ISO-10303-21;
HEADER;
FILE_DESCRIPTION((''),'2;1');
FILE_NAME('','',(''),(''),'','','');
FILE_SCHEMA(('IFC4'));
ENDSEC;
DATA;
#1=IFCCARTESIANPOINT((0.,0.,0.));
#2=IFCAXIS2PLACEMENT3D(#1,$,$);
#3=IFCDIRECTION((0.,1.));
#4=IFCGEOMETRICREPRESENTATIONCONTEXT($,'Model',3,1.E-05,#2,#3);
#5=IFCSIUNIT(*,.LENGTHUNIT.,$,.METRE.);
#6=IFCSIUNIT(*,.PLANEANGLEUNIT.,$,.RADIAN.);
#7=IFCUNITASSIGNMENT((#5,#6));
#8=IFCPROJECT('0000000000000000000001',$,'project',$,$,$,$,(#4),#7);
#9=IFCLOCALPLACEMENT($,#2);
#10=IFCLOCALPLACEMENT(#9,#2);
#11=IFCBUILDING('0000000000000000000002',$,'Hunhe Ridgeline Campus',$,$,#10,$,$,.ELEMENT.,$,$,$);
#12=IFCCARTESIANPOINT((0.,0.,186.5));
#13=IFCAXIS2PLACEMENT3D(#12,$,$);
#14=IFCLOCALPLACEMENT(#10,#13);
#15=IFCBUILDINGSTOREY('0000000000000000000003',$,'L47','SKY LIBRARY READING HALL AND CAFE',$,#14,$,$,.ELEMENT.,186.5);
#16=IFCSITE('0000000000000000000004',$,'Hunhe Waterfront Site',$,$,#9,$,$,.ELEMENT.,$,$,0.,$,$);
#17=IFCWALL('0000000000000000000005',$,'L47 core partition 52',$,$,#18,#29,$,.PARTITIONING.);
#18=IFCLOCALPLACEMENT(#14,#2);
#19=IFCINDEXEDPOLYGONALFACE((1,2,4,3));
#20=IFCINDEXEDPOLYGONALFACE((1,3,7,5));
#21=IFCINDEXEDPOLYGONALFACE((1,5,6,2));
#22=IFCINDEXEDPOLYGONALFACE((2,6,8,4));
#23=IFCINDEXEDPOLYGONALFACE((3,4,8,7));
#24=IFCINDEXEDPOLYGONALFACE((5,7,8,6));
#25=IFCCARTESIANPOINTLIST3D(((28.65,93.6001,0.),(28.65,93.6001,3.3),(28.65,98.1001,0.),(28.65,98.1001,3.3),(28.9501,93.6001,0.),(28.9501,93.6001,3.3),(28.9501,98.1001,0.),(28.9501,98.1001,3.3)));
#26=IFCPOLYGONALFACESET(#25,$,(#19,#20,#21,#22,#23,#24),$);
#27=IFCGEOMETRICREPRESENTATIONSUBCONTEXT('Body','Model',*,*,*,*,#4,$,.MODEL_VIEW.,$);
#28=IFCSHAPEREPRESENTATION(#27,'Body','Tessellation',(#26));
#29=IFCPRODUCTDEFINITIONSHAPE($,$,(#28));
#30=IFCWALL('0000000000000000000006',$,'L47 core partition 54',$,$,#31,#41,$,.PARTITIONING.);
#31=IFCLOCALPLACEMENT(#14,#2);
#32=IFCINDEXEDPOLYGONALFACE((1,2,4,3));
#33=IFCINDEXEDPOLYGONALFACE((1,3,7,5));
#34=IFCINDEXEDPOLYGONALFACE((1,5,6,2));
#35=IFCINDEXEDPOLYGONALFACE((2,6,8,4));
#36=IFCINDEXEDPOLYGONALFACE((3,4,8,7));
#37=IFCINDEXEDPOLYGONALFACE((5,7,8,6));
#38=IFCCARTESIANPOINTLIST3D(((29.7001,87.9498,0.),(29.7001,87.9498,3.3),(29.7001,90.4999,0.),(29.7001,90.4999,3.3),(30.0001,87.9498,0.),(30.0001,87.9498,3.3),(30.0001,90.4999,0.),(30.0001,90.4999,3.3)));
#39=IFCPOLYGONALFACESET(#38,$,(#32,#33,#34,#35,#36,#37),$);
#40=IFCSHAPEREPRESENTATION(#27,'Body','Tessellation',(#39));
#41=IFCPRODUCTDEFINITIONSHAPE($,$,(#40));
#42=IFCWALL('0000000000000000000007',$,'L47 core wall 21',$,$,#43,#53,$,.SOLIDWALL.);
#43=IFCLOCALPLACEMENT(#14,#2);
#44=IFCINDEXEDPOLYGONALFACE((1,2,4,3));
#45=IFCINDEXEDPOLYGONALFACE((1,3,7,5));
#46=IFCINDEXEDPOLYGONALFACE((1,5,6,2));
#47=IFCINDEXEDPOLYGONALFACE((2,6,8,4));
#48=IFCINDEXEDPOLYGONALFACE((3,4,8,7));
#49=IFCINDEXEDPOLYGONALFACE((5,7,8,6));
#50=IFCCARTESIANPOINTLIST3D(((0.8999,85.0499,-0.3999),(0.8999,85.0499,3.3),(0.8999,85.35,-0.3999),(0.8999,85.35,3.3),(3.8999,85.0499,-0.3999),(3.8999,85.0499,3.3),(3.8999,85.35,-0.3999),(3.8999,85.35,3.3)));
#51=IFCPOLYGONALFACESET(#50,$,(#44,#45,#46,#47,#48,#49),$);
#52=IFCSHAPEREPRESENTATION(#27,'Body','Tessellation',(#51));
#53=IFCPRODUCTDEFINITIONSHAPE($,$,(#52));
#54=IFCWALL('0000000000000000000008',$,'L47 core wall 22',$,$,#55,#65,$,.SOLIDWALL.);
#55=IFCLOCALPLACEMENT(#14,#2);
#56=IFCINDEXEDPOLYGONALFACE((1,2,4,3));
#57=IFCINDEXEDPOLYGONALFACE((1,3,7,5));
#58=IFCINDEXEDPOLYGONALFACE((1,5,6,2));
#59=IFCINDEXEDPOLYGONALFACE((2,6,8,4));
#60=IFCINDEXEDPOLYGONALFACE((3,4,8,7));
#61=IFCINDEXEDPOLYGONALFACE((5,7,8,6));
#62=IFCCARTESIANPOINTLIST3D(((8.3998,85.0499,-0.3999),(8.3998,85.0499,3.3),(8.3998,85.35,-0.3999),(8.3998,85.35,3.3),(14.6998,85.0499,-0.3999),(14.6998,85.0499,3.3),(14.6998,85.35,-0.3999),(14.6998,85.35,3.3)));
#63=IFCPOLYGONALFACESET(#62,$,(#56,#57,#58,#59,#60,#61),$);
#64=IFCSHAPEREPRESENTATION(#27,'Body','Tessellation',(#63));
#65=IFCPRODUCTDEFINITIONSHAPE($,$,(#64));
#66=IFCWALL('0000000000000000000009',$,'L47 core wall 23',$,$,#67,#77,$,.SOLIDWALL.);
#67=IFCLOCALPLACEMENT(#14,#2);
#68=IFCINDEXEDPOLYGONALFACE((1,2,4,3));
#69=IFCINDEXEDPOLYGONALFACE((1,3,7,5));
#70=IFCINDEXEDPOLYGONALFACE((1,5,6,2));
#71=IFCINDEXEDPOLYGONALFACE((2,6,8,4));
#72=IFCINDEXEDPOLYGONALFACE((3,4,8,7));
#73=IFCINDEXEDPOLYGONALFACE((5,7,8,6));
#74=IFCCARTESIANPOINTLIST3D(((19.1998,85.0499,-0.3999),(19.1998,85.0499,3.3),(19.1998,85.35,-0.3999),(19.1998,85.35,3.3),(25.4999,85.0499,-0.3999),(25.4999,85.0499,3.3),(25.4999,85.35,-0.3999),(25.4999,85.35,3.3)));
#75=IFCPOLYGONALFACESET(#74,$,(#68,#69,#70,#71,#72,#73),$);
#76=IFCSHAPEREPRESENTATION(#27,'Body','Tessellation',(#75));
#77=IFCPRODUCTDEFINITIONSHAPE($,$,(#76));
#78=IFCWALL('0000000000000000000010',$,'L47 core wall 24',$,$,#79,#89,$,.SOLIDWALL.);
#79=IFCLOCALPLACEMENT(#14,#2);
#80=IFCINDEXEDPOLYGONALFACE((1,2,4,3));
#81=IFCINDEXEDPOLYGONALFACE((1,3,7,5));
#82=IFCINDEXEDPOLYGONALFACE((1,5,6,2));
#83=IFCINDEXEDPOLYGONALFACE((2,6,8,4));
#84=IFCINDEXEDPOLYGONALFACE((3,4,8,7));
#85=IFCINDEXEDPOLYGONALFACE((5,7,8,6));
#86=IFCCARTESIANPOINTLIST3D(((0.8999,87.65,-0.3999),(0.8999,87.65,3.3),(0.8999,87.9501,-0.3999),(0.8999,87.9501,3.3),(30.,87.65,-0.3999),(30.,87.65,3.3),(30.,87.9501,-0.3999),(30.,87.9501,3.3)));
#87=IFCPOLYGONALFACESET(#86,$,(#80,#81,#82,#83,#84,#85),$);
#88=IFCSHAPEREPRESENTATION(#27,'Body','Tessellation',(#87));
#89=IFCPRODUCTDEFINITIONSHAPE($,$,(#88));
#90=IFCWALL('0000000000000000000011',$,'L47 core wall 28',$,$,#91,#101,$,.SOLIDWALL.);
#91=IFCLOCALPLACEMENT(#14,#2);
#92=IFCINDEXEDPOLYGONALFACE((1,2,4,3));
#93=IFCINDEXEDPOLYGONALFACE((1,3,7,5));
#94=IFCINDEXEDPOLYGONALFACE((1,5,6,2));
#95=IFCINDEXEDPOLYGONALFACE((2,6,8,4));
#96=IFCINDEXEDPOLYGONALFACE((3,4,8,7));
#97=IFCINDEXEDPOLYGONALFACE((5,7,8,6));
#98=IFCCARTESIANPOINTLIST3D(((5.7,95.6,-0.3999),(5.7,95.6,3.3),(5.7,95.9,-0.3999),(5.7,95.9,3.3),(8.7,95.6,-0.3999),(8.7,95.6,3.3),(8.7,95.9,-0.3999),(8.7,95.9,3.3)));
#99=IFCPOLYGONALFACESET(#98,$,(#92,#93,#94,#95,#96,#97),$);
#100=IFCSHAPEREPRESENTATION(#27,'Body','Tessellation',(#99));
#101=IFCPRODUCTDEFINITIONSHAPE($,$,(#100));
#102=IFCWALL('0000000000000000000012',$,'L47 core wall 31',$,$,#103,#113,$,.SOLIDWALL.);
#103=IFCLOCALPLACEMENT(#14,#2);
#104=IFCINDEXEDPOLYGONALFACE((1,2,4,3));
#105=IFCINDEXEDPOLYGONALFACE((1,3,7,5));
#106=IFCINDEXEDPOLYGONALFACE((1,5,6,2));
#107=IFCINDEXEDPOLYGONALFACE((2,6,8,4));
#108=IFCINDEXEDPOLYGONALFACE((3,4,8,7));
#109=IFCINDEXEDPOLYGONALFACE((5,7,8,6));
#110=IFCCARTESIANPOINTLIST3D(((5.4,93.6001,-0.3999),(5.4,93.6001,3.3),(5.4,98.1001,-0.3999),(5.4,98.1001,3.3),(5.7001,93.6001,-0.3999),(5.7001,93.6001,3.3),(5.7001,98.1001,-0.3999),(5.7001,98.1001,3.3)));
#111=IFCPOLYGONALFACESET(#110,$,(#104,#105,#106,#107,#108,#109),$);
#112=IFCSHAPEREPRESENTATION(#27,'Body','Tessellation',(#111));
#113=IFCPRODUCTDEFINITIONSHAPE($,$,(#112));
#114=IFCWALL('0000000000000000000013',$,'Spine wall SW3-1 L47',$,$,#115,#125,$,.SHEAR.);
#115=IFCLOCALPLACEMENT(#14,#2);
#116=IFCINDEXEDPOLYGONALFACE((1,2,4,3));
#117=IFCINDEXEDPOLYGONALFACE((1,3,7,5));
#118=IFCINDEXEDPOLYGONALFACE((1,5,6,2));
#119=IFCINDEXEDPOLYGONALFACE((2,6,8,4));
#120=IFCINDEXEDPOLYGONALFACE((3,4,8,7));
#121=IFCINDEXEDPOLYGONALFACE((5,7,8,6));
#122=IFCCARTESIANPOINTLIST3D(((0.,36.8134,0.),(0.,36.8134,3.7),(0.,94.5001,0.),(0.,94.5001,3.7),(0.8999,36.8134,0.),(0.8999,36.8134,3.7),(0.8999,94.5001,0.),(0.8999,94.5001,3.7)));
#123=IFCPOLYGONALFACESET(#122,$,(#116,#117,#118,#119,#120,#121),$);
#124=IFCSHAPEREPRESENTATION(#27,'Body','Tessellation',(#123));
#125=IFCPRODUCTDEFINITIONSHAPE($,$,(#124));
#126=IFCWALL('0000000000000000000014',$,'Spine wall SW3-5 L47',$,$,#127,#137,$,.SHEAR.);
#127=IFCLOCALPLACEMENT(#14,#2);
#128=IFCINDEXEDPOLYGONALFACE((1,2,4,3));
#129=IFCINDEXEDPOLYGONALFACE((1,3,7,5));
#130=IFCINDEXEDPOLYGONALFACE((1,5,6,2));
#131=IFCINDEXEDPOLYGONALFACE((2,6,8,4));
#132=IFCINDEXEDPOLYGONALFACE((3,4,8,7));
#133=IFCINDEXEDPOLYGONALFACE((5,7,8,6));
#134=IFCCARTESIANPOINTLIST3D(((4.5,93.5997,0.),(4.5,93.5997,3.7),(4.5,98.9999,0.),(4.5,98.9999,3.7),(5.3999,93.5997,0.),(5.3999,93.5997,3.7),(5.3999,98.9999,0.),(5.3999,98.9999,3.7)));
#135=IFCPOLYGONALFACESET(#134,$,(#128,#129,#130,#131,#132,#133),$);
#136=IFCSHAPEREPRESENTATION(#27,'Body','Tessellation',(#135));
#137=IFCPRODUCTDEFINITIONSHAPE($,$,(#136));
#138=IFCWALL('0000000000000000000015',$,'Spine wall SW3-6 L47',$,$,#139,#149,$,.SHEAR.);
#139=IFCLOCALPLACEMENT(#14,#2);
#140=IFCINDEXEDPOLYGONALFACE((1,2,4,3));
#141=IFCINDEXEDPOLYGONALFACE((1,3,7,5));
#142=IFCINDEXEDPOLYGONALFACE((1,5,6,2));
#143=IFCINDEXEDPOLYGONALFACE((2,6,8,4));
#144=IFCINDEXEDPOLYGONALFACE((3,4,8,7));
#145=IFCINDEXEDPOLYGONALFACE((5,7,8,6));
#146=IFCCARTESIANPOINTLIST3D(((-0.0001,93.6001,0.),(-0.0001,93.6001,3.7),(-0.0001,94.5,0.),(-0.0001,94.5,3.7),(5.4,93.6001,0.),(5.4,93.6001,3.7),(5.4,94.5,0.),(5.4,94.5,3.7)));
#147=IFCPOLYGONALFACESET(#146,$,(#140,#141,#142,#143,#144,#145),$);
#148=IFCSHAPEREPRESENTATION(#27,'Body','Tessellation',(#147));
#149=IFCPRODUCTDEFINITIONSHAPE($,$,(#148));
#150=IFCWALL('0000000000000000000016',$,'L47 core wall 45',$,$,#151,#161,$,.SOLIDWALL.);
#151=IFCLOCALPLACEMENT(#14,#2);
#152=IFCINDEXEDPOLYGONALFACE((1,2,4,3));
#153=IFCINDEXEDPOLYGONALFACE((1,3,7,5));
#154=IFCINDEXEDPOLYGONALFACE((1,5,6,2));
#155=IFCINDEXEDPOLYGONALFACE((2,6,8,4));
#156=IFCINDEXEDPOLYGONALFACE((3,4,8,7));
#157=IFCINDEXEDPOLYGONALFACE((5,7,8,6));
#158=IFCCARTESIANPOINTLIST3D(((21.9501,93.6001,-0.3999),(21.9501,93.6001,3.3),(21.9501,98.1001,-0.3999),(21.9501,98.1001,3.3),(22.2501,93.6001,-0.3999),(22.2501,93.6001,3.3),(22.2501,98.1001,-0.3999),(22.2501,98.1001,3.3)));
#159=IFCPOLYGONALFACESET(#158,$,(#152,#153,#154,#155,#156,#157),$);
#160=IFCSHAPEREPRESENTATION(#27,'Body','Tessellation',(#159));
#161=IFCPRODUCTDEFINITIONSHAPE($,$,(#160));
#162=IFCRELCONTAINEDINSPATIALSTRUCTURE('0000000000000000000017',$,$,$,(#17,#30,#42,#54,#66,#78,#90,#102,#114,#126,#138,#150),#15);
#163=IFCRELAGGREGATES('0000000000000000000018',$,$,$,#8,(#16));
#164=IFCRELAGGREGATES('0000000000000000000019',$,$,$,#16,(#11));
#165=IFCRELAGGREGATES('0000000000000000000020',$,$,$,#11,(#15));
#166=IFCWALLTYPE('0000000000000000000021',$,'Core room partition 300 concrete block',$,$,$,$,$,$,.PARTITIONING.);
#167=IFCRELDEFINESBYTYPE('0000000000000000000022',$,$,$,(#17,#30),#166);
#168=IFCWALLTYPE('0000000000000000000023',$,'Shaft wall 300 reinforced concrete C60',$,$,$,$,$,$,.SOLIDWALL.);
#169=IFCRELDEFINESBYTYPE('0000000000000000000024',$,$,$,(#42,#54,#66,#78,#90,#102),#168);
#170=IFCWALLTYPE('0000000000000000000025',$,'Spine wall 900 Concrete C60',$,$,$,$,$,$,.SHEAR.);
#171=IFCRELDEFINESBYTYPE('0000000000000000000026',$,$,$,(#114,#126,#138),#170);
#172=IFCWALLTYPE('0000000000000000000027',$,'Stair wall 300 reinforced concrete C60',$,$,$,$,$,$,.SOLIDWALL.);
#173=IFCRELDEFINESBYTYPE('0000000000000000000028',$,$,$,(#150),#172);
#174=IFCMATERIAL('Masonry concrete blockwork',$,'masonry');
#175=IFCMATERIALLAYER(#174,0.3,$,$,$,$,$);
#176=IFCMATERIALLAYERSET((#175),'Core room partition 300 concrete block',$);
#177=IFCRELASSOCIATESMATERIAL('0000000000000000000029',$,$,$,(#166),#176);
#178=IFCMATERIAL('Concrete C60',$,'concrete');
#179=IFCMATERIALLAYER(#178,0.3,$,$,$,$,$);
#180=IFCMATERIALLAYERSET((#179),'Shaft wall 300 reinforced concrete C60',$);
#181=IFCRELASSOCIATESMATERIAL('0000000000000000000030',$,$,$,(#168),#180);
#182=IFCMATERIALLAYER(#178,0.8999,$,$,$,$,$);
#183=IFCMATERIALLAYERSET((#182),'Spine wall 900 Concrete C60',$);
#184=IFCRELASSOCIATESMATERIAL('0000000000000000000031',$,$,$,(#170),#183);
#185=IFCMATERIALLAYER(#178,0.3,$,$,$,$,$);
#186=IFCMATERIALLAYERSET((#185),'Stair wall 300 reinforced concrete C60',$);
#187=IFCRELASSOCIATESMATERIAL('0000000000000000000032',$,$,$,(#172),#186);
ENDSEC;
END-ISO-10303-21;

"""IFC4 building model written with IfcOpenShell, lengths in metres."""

from ifc_helpers import new_model, si_unit, direction, frame, frame_2d, origin, place, context, subcontext, project, spatial, rectangle, extrude, material, layer, layer_set, type_object, element, save


model = new_model("IFC4")

# Units and contexts
model_context = context("Model", 3, precision=1e-05, world=origin(), true_north=direction((0.0, 1.0)))
body_context = subcontext(model_context, "Body", "Model", "MODEL_VIEW")
ifc_project = project(units=[si_unit("LENGTHUNIT", "METRE"), si_unit("PLANEANGLEUNIT", "RADIAN")], contexts=[model_context])

# Site, building, storey
site_placement = place(None, origin())
site = spatial("IfcSite", under=ifc_project, at=site_placement, Name="Hunhe Waterfront Site", CompositionType="ELEMENT", RefElevation=0.0)
building_placement = place(site_placement, origin())
building = spatial("IfcBuilding", under=site, at=building_placement, Name="Hunhe Ridgeline Campus", CompositionType="ELEMENT")
storey_placement = place(building_placement, frame((0.0, 0.0, 186.5)))
storey = spatial("IfcBuildingStorey", under=building, at=storey_placement, Name="L47", Description="SKY LIBRARY READING HALL AND CAFE", CompositionType="ELEMENT", Elevation=186.5)

# Walls
ifc_material_1 = material(Name="Masonry concrete blockwork", Category="masonry")
ifc_layer_1 = layer(ifc_material_1, 0.3)
ifc_layer_set_1 = layer_set([ifc_layer_1], Name="Core room partition 300 concrete block")
wall_type_1 = type_object("IfcWallType", Name="Core room partition 300 concrete block", PredefinedType="PARTITIONING", material=ifc_layer_set_1)
wall_1_placement = place(storey_placement, frame((28.8, 93.6001, 0.0), z_axis=(0.0, 0.0, 1.0), x_axis=(0.0, 1.0, 0.0)))
element("IfcWall", 1, at=wall_1_placement, inside=storey, type_object=wall_type_1, Name="L47 core partition 52", PredefinedType="PARTITIONING", context=body_context, shape_type="SweptSolid", body=[
    extrude(rectangle(XDim=4.5, YDim=0.3, at=frame_2d((2.25, 0.0))), origin(), (0.0, 0.0, 1.0), 3.3),
])
wall_2_placement = place(storey_placement, frame((29.8501, 87.95, 0.0), z_axis=(0.0, 0.0, 1.0), x_axis=(0.0, 1.0, 0.0)))
element("IfcWall", 2, at=wall_2_placement, inside=storey, type_object=wall_type_1, Name="L47 core partition 54", PredefinedType="PARTITIONING", context=body_context, shape_type="SweptSolid", body=[
    extrude(rectangle(XDim=2.55, YDim=0.3, at=frame_2d((1.2749, 0.0))), origin(), (0.0, 0.0, 1.0), 3.3),
])

# Shared definitions
ifc_material_2 = material(Name="Concrete C60", Category="concrete")

# Walls
ifc_layer_2 = layer(ifc_material_2, 0.3)
ifc_layer_set_2 = layer_set([ifc_layer_2], Name="Shaft wall 300 reinforced concrete C60")
wall_type_2 = type_object("IfcWallType", Name="Shaft wall 300 reinforced concrete C60", PredefinedType="SOLIDWALL", material=ifc_layer_set_2)
wall_3_placement = place(storey_placement, frame((0.8999, 85.2, -0.3999), z_axis=(0.0, 0.0, 1.0), x_axis=(1.0, 0.0, 0.0)))
element("IfcWall", 3, at=wall_3_placement, inside=storey, type_object=wall_type_2, Name="L47 core wall 21", PredefinedType="SOLIDWALL", context=body_context, shape_type="SweptSolid", body=[
    extrude(rectangle(XDim=3.0, YDim=0.3, at=frame_2d((1.5, 0.0))), origin(), (0.0, 0.0, 1.0), 3.7),
])
for number, where, z_axis, x_axis, name in (
    (4, (8.3999, 85.2, -0.3999), (0.0, 0.0, 1.0), (1.0, 0.0, 0.0), "L47 core wall 22"),
    (5, (19.2, 85.2, -0.3999), (0.0, 0.0, 1.0), (1.0, 0.0, 0.0), "L47 core wall 23"),
):
    element("IfcWall", number, at=place(storey_placement, frame(where, z_axis=z_axis, x_axis=x_axis)), inside=storey, type_object=wall_type_2, Name=name, PredefinedType="SOLIDWALL", context=body_context, shape_type="SweptSolid", body=[
        extrude(rectangle(XDim=6.3, YDim=0.3, at=frame_2d((3.1499, 0.0))), origin(), (0.0, 0.0, 1.0), 3.7),
    ])
wall_4_placement = place(storey_placement, frame((0.8999, 87.8, -0.3999), z_axis=(0.0, 0.0, 1.0), x_axis=(1.0, 0.0, 0.0)))
element("IfcWall", 6, at=wall_4_placement, inside=storey, type_object=wall_type_2, Name="L47 core wall 24", PredefinedType="SOLIDWALL", context=body_context, shape_type="SweptSolid", body=[
    extrude(rectangle(XDim=29.1001, YDim=0.3, at=frame_2d((14.55, 0.0))), origin(), (0.0, 0.0, 1.0), 3.7),
])

# Walls
wall_5_placement = place(storey_placement, frame((5.7, 95.75, -0.3999), z_axis=(0.0, 0.0, 1.0), x_axis=(1.0, 0.0, 0.0)))
element("IfcWall", 7, at=wall_5_placement, inside=storey, type_object=wall_type_2, Name="L47 core wall 28", PredefinedType="SOLIDWALL", context=body_context, shape_type="SweptSolid", body=[
    extrude(rectangle(XDim=3.0, YDim=0.3, at=frame_2d((1.5, 0.0))), origin(), (0.0, 0.0, 1.0), 3.7),
])
wall_6_placement = place(storey_placement, frame((5.55, 93.6001, -0.3999), z_axis=(0.0, 0.0, 1.0), x_axis=(0.0, 1.0, 0.0)))
element("IfcWall", 8, at=wall_6_placement, inside=storey, type_object=wall_type_2, Name="L47 core wall 31", PredefinedType="SOLIDWALL", context=body_context, shape_type="SweptSolid", body=[
    extrude(rectangle(XDim=4.5, YDim=0.3, at=frame_2d((2.25, 0.0))), origin(), (0.0, 0.0, 1.0), 3.7),
])

# Walls
ifc_layer_3 = layer(ifc_material_2, 0.8999)
ifc_layer_set_3 = layer_set([ifc_layer_3], Name="Spine wall 900 Concrete C60")
wall_type_3 = type_object("IfcWallType", Name="Spine wall 900 Concrete C60", PredefinedType="SHEAR", material=ifc_layer_set_3)
wall_7_placement = place(storey_placement, frame((0.45, 94.5, 0.0), z_axis=(0.0, 0.0, 1.0), x_axis=(0.0, -1.0, 0.0)))
element("IfcWall", 9, at=wall_7_placement, inside=storey, type_object=wall_type_3, Name="Spine wall SW3-1 L47", PredefinedType="SHEAR", context=body_context, shape_type="SweptSolid", body=[
    extrude(rectangle(XDim=57.6868, YDim=0.8999, at=frame_2d((28.8433, 0.0))), origin(), (0.0, 0.0, 1.0), 3.7),
])
for number, where, z_axis, x_axis, name in (
    (10, (4.95, 99.0, 0.0), (0.0, 0.0, 1.0), (0.0, -1.0, 0.0), "Spine wall SW3-5 L47"),
    (11, (5.4001, 94.05, 0.0), (0.0, 0.0, 1.0), (-1.0, 0.0, 0.0), "Spine wall SW3-6 L47"),
):
    element("IfcWall", number, at=place(storey_placement, frame(where, z_axis=z_axis, x_axis=x_axis)), inside=storey, type_object=wall_type_3, Name=name, PredefinedType="SHEAR", context=body_context, shape_type="SweptSolid", body=[
        extrude(rectangle(XDim=5.4001, YDim=0.8999, at=frame_2d((2.7002, 0.0))), origin(), (0.0, 0.0, 1.0), 3.7),
    ])

# Shared definitions
ifc_layer_4 = layer(ifc_material_2, 0.3)
ifc_layer_set_4 = layer_set([ifc_layer_4], Name="Stair wall 300 reinforced concrete C60")
wall_type_4 = type_object("IfcWallType", Name="Stair wall 300 reinforced concrete C60", PredefinedType="SOLIDWALL", material=ifc_layer_set_4)

# Wall
wall_8_placement = place(storey_placement, frame((22.1001, 93.6001, -0.3999), z_axis=(0.0, 0.0, 1.0), x_axis=(0.0, 1.0, 0.0)))
element("IfcWall", 12, at=wall_8_placement, inside=storey, type_object=wall_type_4, Name="L47 core wall 45", PredefinedType="SOLIDWALL", context=body_context, shape_type="SweptSolid", body=[
    extrude(rectangle(XDim=4.5, YDim=0.3, at=frame_2d((2.25, 0.0))), origin(), (0.0, 0.0, 1.0), 3.7),
])

save(model, "model.ifc")
